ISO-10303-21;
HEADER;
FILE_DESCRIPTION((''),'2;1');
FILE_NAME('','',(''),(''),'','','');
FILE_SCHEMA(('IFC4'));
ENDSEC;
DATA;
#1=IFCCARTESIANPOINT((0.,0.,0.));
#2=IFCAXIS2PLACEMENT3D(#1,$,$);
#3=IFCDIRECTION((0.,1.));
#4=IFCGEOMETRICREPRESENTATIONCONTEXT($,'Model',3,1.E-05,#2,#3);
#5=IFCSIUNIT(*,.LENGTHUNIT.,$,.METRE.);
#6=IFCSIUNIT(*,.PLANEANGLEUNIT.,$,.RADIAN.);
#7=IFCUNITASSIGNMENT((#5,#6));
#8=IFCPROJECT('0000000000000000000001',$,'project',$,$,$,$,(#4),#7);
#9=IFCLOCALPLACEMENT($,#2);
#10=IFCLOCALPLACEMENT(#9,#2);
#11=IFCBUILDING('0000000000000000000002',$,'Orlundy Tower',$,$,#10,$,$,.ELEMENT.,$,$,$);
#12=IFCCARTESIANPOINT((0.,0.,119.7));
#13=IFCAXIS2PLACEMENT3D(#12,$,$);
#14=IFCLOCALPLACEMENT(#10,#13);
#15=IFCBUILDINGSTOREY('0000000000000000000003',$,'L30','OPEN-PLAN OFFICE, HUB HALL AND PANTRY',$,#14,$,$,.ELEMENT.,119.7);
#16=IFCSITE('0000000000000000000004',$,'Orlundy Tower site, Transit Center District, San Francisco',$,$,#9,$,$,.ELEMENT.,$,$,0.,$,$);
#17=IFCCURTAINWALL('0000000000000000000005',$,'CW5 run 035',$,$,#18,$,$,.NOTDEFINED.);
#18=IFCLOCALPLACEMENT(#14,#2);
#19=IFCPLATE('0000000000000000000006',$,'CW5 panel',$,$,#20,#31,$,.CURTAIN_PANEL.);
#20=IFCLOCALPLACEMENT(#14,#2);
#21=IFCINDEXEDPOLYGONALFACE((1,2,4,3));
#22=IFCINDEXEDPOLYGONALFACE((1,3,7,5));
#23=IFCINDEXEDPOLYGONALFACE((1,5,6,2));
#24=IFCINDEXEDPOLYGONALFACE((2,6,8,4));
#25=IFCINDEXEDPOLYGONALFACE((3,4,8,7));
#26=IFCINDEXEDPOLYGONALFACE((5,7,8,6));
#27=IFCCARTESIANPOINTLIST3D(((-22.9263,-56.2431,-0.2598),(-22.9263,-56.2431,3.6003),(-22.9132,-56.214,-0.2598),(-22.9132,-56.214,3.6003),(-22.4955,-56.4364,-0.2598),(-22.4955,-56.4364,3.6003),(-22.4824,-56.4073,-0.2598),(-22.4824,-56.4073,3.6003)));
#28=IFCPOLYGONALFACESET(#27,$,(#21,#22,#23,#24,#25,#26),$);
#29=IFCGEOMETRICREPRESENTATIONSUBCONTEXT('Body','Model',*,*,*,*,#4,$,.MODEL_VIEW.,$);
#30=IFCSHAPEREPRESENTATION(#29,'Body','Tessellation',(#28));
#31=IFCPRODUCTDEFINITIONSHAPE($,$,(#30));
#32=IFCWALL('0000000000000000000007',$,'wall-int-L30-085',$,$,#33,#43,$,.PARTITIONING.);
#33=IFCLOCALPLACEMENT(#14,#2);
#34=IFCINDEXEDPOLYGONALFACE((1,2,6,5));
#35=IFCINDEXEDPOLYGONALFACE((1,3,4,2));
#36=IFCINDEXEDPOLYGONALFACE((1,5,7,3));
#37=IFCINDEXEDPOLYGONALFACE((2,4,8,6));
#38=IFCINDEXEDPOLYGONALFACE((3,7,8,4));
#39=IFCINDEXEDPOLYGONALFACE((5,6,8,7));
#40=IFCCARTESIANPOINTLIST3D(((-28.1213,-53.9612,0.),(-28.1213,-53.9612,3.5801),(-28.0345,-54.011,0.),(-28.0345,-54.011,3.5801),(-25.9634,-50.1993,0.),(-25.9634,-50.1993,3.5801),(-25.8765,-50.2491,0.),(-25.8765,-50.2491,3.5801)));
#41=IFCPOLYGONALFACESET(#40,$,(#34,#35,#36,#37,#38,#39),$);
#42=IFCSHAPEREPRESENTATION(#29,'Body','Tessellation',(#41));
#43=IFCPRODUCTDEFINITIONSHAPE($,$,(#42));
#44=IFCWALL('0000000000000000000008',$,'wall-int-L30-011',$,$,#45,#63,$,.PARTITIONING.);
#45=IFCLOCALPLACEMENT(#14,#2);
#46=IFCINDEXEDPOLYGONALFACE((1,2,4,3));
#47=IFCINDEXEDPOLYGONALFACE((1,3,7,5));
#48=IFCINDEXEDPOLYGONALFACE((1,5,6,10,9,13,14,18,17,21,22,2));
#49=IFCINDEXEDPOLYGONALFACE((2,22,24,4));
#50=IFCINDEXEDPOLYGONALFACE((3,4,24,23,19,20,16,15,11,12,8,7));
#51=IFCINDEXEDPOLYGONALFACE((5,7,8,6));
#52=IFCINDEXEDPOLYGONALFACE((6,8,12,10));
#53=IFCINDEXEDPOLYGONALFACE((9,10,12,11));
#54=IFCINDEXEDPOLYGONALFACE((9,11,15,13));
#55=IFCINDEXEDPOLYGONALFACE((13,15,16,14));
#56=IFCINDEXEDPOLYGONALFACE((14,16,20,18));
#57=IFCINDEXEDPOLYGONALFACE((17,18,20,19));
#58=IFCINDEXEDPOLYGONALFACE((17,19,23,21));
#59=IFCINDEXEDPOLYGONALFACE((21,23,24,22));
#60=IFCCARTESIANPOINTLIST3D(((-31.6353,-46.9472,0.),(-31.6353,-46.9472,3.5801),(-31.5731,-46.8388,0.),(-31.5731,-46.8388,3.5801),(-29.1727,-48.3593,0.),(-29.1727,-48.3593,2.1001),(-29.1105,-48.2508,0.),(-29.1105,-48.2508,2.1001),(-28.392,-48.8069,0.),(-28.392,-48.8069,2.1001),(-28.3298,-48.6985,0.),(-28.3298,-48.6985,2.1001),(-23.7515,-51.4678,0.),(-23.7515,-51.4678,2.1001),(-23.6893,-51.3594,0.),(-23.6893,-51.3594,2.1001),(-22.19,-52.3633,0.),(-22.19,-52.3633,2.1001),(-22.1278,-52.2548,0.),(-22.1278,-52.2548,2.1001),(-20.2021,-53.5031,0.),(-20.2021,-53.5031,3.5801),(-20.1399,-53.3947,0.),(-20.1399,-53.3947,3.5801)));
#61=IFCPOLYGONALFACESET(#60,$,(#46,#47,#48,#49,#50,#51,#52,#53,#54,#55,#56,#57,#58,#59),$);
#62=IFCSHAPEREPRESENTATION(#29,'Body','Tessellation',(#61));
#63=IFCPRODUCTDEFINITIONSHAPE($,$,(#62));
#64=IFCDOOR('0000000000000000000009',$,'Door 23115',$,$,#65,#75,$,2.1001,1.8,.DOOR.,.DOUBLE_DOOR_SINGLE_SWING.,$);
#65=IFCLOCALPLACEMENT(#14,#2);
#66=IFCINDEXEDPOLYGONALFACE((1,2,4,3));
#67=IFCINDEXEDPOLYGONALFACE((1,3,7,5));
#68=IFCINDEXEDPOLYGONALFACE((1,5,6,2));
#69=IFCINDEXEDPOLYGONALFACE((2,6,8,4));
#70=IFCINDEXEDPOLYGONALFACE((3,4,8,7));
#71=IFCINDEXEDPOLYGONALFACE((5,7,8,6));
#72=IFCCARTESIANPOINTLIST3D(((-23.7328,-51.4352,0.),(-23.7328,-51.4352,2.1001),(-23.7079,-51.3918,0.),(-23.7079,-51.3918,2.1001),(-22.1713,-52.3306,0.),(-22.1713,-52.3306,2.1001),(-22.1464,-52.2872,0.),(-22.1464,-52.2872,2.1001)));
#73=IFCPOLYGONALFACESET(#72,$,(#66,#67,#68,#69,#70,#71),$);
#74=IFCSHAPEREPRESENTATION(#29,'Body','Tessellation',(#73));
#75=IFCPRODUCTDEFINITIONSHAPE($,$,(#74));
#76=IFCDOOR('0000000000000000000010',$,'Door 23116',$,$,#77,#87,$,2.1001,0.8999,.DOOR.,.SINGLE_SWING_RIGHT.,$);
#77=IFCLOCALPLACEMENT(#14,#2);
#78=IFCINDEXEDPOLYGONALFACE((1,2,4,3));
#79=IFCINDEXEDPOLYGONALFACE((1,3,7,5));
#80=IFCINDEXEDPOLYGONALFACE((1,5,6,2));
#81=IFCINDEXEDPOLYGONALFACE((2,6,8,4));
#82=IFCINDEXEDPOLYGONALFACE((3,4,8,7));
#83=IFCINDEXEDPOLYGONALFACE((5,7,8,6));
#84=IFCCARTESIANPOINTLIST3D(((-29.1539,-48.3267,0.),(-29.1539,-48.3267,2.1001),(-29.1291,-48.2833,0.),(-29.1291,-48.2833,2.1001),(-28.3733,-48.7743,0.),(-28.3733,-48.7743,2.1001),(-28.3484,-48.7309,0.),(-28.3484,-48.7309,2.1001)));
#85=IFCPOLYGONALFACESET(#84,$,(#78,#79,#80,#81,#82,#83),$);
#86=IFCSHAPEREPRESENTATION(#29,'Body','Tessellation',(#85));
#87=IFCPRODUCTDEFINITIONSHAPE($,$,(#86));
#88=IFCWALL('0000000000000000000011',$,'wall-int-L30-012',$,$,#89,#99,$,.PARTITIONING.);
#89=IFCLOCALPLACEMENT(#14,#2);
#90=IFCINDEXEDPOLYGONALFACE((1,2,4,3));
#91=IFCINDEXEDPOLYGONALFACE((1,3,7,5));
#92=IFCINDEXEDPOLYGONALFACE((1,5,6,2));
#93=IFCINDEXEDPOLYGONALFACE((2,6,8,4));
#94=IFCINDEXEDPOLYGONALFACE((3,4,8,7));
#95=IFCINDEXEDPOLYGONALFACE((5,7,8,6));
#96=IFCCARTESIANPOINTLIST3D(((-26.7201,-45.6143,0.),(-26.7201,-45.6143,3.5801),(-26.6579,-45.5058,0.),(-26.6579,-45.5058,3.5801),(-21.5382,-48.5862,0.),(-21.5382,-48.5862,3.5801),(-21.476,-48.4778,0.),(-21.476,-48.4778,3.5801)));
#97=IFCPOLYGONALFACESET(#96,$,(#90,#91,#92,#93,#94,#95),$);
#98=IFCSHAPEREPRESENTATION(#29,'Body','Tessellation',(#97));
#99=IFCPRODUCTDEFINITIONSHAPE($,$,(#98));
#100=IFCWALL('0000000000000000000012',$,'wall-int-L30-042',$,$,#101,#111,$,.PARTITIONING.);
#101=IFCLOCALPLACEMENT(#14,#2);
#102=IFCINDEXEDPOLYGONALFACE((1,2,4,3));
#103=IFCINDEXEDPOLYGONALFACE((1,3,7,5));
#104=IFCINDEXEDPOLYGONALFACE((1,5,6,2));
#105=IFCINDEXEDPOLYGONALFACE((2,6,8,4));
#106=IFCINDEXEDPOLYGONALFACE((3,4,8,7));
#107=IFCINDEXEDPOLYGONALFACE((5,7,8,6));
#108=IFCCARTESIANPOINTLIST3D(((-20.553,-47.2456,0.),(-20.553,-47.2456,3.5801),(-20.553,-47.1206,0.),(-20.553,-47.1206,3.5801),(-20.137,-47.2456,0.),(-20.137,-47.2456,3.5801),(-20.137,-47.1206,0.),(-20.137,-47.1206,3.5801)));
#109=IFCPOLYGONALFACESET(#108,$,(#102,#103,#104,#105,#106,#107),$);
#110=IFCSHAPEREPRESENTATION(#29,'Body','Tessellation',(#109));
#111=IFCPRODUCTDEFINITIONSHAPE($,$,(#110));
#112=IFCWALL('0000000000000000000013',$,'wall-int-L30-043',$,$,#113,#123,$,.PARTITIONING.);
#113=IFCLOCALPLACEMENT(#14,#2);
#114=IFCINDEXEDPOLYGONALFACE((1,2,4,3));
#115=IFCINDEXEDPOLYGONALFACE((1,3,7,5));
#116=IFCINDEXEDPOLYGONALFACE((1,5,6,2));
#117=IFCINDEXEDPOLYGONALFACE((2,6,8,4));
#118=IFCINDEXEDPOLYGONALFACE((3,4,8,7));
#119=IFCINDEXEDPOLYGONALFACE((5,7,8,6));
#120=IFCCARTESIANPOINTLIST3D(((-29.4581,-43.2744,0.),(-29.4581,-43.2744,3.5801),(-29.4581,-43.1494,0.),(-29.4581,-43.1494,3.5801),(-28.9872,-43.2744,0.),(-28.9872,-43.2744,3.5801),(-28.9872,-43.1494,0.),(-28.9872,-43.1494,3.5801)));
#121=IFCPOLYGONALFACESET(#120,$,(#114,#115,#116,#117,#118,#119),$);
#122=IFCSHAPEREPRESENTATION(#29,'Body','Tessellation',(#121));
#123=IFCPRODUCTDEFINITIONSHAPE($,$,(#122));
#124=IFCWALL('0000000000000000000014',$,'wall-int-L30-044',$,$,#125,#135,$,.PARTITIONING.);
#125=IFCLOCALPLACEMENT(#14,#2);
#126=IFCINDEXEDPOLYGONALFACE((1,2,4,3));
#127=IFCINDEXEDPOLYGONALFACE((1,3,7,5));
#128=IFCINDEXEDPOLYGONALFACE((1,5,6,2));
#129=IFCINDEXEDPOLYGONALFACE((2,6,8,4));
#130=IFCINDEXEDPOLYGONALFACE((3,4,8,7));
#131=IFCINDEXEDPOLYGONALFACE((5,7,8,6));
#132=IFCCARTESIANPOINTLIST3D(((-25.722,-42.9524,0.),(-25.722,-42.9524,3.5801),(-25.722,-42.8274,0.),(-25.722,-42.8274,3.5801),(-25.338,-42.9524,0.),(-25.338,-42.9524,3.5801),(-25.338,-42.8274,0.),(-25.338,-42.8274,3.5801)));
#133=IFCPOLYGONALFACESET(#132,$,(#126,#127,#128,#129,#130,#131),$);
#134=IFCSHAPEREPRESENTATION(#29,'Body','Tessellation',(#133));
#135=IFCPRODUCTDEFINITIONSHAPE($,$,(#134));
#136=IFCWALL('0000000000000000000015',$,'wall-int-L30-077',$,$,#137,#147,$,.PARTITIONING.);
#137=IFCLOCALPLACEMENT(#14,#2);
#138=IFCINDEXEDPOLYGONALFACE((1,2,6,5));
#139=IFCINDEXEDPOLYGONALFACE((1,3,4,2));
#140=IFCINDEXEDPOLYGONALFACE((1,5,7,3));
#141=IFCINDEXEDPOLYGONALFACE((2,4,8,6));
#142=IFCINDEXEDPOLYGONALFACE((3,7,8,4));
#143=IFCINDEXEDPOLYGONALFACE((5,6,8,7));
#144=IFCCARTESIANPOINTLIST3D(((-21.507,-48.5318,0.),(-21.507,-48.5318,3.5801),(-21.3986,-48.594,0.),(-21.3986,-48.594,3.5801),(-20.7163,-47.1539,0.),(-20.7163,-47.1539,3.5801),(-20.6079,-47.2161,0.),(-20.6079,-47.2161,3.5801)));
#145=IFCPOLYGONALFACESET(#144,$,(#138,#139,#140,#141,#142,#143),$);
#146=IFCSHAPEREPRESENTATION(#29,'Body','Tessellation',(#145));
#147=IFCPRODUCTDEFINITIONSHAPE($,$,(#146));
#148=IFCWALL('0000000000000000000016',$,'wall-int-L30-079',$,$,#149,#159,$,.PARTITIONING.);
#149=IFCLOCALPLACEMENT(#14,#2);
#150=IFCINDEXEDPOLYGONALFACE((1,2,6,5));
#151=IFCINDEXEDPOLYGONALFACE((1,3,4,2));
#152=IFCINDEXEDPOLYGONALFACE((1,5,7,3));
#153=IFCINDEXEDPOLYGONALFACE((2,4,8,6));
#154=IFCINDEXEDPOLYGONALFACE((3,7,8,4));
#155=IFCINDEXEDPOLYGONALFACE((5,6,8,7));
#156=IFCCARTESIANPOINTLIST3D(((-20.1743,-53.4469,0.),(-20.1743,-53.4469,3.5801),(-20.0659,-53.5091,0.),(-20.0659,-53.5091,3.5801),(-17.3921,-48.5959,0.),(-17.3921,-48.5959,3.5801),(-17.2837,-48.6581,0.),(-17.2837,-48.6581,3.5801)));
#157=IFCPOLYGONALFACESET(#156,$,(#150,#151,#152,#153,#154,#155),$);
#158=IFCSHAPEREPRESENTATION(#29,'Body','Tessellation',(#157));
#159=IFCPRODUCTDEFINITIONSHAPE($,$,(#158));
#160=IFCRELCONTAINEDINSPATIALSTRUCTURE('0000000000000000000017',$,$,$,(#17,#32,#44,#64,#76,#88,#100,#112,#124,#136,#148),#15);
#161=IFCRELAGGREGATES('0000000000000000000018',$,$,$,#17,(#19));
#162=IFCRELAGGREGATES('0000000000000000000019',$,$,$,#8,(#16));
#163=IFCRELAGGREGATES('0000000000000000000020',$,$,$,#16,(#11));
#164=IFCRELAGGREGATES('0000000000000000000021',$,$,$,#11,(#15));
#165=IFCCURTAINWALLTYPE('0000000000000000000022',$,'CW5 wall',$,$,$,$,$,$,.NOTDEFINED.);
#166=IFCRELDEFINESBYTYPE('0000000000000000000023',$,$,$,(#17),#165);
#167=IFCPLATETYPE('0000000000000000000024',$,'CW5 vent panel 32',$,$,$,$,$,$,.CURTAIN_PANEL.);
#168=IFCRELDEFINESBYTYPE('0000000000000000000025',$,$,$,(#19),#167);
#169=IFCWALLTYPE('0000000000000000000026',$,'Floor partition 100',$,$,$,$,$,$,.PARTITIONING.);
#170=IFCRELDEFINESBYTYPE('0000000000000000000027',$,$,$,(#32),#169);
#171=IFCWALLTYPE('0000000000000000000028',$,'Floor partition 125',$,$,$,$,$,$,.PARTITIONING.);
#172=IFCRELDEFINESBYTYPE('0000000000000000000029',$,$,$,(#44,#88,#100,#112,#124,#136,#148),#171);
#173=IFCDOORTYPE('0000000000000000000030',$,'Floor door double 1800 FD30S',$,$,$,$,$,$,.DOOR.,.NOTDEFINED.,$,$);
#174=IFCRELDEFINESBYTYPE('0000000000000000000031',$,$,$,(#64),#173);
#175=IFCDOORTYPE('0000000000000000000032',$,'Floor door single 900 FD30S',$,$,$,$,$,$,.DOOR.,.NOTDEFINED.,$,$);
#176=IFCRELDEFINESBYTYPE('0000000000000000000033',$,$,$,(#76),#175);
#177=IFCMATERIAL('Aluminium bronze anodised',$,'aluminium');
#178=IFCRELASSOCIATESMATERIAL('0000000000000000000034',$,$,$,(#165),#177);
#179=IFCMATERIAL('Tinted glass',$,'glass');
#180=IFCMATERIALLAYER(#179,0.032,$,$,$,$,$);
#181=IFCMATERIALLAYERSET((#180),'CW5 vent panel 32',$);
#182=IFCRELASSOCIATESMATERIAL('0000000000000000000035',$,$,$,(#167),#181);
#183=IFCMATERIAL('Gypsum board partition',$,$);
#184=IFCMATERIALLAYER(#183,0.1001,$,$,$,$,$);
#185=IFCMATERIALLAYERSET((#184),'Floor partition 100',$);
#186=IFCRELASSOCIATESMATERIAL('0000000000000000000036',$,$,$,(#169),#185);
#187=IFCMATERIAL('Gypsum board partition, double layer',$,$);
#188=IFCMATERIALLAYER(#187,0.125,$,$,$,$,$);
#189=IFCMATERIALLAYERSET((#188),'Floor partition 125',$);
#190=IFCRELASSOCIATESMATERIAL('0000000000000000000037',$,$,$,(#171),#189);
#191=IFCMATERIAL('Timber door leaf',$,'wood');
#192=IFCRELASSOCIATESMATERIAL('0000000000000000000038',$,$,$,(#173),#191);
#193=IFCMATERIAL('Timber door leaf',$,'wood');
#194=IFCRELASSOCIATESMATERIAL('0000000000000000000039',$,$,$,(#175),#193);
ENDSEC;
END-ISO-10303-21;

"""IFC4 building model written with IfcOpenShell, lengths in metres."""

from ifc_helpers import new_model, si_unit, direction, frame, frame_2d, origin, origin_2d, place, context, subcontext, project, spatial, rectangle, extrude, material, layer, layer_set, type_object, element, fill, aggregate, save


model = new_model("IFC4")

# Units and contexts
model_context = context("Model", 3, precision=1e-05, world=origin(), true_north=direction((0.0, 1.0)))
body_context = subcontext(model_context, "Body", "Model", "MODEL_VIEW")
ifc_project = project(units=[si_unit("LENGTHUNIT", "METRE"), si_unit("PLANEANGLEUNIT", "RADIAN")], contexts=[model_context])

# Site, building, storey
site_placement = place(None, origin())
site = spatial("IfcSite", under=ifc_project, at=site_placement, Name="Orlundy Tower site, Transit Center District, San Francisco", CompositionType="ELEMENT", RefElevation=0.0)
building_placement = place(site_placement, origin())
building = spatial("IfcBuilding", under=site, at=building_placement, Name="Orlundy Tower", CompositionType="ELEMENT")
storey_placement = place(building_placement, frame((0.0, 0.0, 119.7)))
storey = spatial("IfcBuildingStorey", under=building, at=storey_placement, Name="L30", Description="OPEN-PLAN OFFICE, HUB HALL AND PANTRY", CompositionType="ELEMENT", Elevation=119.7)

# Curtain wall, plate
ifc_material_1 = material(Name="Aluminium bronze anodised", Category="aluminium")
curtain_wall_type = type_object("IfcCurtainWallType", Name="CW5 wall", PredefinedType="NOTDEFINED", material=ifc_material_1)
curtain_wall_placement = place(storey_placement, origin())
curtain_wall = element("IfcCurtainWall", 1, at=curtain_wall_placement, inside=storey, type_object=curtain_wall_type, Name="CW5 run 035", PredefinedType="NOTDEFINED")
ifc_material_2 = material(Name="Tinted glass", Category="glass")
ifc_layer_1 = layer(ifc_material_2, 0.032)
ifc_layer_set_1 = layer_set([ifc_layer_1], Name="CW5 vent panel 32")
plate_type_1 = type_object("IfcPlateType", Name="CW5 vent panel 32", PredefinedType="CURTAIN_PANEL", material=ifc_layer_set_1)
plate_1_placement = place(storey_placement, frame((-22.7043, -56.3252, -0.2598), z_axis=(0.0, 0.0, 1.0), x_axis=(-0.912366, 0.409374, 0.0)))
plate_1 = element("IfcPlate", 2, at=plate_1_placement, type_object=plate_type_1, Name="CW5 panel", PredefinedType="CURTAIN_PANEL", context=body_context, shape_type="SweptSolid", body=[
    extrude(rectangle(XDim=0.4722, YDim=0.032, at=origin_2d()), origin(), (0.0, 0.0, 1.0), 3.8601),
])
aggregate(curtain_wall, [plate_1])

# Wall
ifc_material_3 = material(Name="Gypsum board partition")
ifc_layer_2 = layer(ifc_material_3, 0.1001)
ifc_layer_set_2 = layer_set([ifc_layer_2], Name="Floor partition 100")
wall_type_1 = type_object("IfcWallType", Name="Floor partition 100", PredefinedType="PARTITIONING", material=ifc_layer_set_2)
wall_1_placement = place(storey_placement, frame((-28.0779, -53.9861, 0.0), z_axis=(0.0, 0.0, 1.0), x_axis=(0.497575, 0.867421, 0.0)))
element("IfcWall", 3, at=wall_1_placement, inside=storey, type_object=wall_type_1, Name="wall-int-L30-085", PredefinedType="PARTITIONING", context=body_context, shape_type="SweptSolid", body=[
    extrude(rectangle(XDim=4.3369, YDim=0.1001, at=frame_2d((2.1685, 0.0))), origin(), (0.0, 0.0, 1.0), 3.5801),
])

# Wall, openings, doors
ifc_material_4 = material(Name="Gypsum board partition, double layer")
ifc_layer_3 = layer(ifc_material_4, 0.125)
ifc_layer_set_3 = layer_set([ifc_layer_3], Name="Floor partition 125")
wall_type_2 = type_object("IfcWallType", Name="Floor partition 125", PredefinedType="PARTITIONING", material=ifc_layer_set_3)
wall_2_placement = place(storey_placement, frame((-20.1709, -53.449, 0.0), z_axis=(0.0, 0.0, 1.0), x_axis=(-0.8675, 0.497437, 0.0)))
wall_2 = element("IfcWall", 4, at=wall_2_placement, inside=storey, type_object=wall_type_2, Name="wall-int-L30-011", PredefinedType="PARTITIONING", context=body_context, shape_type="SweptSolid", body=[
    extrude(rectangle(XDim=13.1794, YDim=0.125, at=frame_2d((6.5898, 0.0))), origin(), (0.0, 0.0, 1.0), 3.5801),
])
opening_1_placement = place(wall_2_placement, frame((2.2917, 0.0, 0.0)))
opening_1 = element("IfcOpeningElement", 5, at=opening_1_placement, cuts=wall_2, PredefinedType="OPENING", context=body_context, shape_type="SweptSolid", body=[
    extrude(rectangle(XDim=1.8, YDim=2.1001, at=frame_2d((0.8999, 1.05))), frame((0.0, 0.0725, 0.0), z_axis=(0.0, -1.0, 0.0), x_axis=(1.0, 0.0, 0.0)), (0.0, 0.0, 1.0), 0.145),
])
opening_2_placement = place(wall_2_placement, frame((9.4409, 0.0, 0.0)))
opening_2 = element("IfcOpeningElement", 6, at=opening_2_placement, cuts=wall_2, PredefinedType="OPENING", context=body_context, shape_type="SweptSolid", body=[
    extrude(rectangle(XDim=0.8999, YDim=2.1001, at=frame_2d((0.45, 1.05))), frame((0.0, 0.0725, 0.0), z_axis=(0.0, -1.0, 0.0), x_axis=(1.0, 0.0, 0.0)), (0.0, 0.0, 1.0), 0.145),
])
ifc_material_5 = material(Name="Timber door leaf", Category="wood")
door_type_1 = type_object("IfcDoorType", Name="Floor door double 1800 FD30S", OperationType="NOTDEFINED", PredefinedType="DOOR", material=ifc_material_5)
door_1_placement = place(opening_1_placement, origin())
door_1 = element("IfcDoor", 7, at=door_1_placement, inside=storey, type_object=door_type_1, Name="Door 23115", OperationType="DOUBLE_DOOR_SINGLE_SWING", OverallHeight=2.1001, OverallWidth=1.8, PredefinedType="DOOR", context=body_context, shape_type="SweptSolid", body=[
    extrude(rectangle(XDim=1.8, YDim=2.1001, at=frame_2d((0.8999, 1.05))), frame((0.0, 0.0249, 0.0), z_axis=(0.0, -1.0, 0.0), x_axis=(1.0, 0.0, 0.0)), (0.0, 0.0, 1.0), 0.05),
])
fill(opening_1, door_1)
ifc_material_6 = material(Name="Timber door leaf", Category="wood")
door_type_2 = type_object("IfcDoorType", Name="Floor door single 900 FD30S", OperationType="NOTDEFINED", PredefinedType="DOOR", material=ifc_material_6)
door_2_placement = place(opening_2_placement, origin())
door_2 = element("IfcDoor", 8, at=door_2_placement, inside=storey, type_object=door_type_2, Name="Door 23116", OperationType="SINGLE_SWING_RIGHT", OverallHeight=2.1001, OverallWidth=0.8999, PredefinedType="DOOR", context=body_context, shape_type="SweptSolid", body=[
    extrude(rectangle(XDim=0.8999, YDim=2.1001, at=frame_2d((0.45, 1.05))), frame((0.0, 0.0249, 0.0), z_axis=(0.0, -1.0, 0.0), x_axis=(1.0, 0.0, 0.0)), (0.0, 0.0, 1.0), 0.05),
])
fill(opening_2, door_2)

# Walls
wall_3_placement = place(storey_placement, frame((-26.689, -45.5601, 0.0), z_axis=(0.0, 0.0, 1.0), x_axis=(0.86746, -0.497507, 0.0)))
element("IfcWall", 9, at=wall_3_placement, inside=storey, type_object=wall_type_2, Name="wall-int-L30-012", PredefinedType="PARTITIONING", context=body_context, shape_type="SweptSolid", body=[
    extrude(rectangle(XDim=5.9736, YDim=0.125, at=frame_2d((2.9868, 0.0))), origin(), (0.0, 0.0, 1.0), 3.5801),
])
wall_4_placement = place(storey_placement, frame((-20.553, -47.1831, 0.0), z_axis=(0.0, 0.0, 1.0), x_axis=(1.0, 0.0, 0.0)))
element("IfcWall", 10, at=wall_4_placement, inside=storey, type_object=wall_type_2, Name="wall-int-L30-042", PredefinedType="PARTITIONING", context=body_context, shape_type="SweptSolid", body=[
    extrude(rectangle(XDim=0.416, YDim=0.125, at=frame_2d((0.208, 0.0))), origin(), (0.0, 0.0, 1.0), 3.5801),
])
wall_5_placement = place(storey_placement, frame((-29.458, -43.2119, 0.0), z_axis=(0.0, 0.0, 1.0), x_axis=(1.0, 0.0, 0.0)))
element("IfcWall", 11, at=wall_5_placement, inside=storey, type_object=wall_type_2, Name="wall-int-L30-043", PredefinedType="PARTITIONING", context=body_context, shape_type="SweptSolid", body=[
    extrude(rectangle(XDim=0.4709, YDim=0.125, at=frame_2d((0.2354, 0.0))), origin(), (0.0, 0.0, 1.0), 3.5801),
])
wall_6_placement = place(storey_placement, frame((-25.7219, -42.8899, 0.0), z_axis=(0.0, 0.0, 1.0), x_axis=(1.0, 0.0, 0.0)))
element("IfcWall", 12, at=wall_6_placement, inside=storey, type_object=wall_type_2, Name="wall-int-L30-044", PredefinedType="PARTITIONING", context=body_context, shape_type="SweptSolid", body=[
    extrude(rectangle(XDim=0.384, YDim=0.125, at=frame_2d((0.1919, 0.0))), origin(), (0.0, 0.0, 1.0), 3.5801),
])
wall_7_placement = place(storey_placement, frame((-21.4529, -48.563, 0.0), z_axis=(0.0, 0.0, 1.0), x_axis=(0.497743, 0.867324, 0.0)))
element("IfcWall", 13, at=wall_7_placement, inside=storey, type_object=wall_type_2, Name="wall-int-L30-077", PredefinedType="PARTITIONING", context=body_context, shape_type="SweptSolid", body=[
    extrude(rectangle(XDim=1.5886, YDim=0.125, at=frame_2d((0.7944, 0.0))), origin(), (0.0, 0.0, 1.0), 3.5801),
])
wall_8_placement = place(storey_placement, frame((-20.1201, -53.478, 0.0), z_axis=(0.0, 0.0, 1.0), x_axis=(0.497511, 0.867458, 0.0)))
element("IfcWall", 14, at=wall_8_placement, inside=storey, type_object=wall_type_2, Name="wall-int-L30-079", PredefinedType="PARTITIONING", context=body_context, shape_type="SweptSolid", body=[
    extrude(rectangle(XDim=5.5923, YDim=0.125, at=frame_2d((2.7961, 0.0))), origin(), (0.0, 0.0, 1.0), 3.5801),
])

save(model, "model.ifc")
